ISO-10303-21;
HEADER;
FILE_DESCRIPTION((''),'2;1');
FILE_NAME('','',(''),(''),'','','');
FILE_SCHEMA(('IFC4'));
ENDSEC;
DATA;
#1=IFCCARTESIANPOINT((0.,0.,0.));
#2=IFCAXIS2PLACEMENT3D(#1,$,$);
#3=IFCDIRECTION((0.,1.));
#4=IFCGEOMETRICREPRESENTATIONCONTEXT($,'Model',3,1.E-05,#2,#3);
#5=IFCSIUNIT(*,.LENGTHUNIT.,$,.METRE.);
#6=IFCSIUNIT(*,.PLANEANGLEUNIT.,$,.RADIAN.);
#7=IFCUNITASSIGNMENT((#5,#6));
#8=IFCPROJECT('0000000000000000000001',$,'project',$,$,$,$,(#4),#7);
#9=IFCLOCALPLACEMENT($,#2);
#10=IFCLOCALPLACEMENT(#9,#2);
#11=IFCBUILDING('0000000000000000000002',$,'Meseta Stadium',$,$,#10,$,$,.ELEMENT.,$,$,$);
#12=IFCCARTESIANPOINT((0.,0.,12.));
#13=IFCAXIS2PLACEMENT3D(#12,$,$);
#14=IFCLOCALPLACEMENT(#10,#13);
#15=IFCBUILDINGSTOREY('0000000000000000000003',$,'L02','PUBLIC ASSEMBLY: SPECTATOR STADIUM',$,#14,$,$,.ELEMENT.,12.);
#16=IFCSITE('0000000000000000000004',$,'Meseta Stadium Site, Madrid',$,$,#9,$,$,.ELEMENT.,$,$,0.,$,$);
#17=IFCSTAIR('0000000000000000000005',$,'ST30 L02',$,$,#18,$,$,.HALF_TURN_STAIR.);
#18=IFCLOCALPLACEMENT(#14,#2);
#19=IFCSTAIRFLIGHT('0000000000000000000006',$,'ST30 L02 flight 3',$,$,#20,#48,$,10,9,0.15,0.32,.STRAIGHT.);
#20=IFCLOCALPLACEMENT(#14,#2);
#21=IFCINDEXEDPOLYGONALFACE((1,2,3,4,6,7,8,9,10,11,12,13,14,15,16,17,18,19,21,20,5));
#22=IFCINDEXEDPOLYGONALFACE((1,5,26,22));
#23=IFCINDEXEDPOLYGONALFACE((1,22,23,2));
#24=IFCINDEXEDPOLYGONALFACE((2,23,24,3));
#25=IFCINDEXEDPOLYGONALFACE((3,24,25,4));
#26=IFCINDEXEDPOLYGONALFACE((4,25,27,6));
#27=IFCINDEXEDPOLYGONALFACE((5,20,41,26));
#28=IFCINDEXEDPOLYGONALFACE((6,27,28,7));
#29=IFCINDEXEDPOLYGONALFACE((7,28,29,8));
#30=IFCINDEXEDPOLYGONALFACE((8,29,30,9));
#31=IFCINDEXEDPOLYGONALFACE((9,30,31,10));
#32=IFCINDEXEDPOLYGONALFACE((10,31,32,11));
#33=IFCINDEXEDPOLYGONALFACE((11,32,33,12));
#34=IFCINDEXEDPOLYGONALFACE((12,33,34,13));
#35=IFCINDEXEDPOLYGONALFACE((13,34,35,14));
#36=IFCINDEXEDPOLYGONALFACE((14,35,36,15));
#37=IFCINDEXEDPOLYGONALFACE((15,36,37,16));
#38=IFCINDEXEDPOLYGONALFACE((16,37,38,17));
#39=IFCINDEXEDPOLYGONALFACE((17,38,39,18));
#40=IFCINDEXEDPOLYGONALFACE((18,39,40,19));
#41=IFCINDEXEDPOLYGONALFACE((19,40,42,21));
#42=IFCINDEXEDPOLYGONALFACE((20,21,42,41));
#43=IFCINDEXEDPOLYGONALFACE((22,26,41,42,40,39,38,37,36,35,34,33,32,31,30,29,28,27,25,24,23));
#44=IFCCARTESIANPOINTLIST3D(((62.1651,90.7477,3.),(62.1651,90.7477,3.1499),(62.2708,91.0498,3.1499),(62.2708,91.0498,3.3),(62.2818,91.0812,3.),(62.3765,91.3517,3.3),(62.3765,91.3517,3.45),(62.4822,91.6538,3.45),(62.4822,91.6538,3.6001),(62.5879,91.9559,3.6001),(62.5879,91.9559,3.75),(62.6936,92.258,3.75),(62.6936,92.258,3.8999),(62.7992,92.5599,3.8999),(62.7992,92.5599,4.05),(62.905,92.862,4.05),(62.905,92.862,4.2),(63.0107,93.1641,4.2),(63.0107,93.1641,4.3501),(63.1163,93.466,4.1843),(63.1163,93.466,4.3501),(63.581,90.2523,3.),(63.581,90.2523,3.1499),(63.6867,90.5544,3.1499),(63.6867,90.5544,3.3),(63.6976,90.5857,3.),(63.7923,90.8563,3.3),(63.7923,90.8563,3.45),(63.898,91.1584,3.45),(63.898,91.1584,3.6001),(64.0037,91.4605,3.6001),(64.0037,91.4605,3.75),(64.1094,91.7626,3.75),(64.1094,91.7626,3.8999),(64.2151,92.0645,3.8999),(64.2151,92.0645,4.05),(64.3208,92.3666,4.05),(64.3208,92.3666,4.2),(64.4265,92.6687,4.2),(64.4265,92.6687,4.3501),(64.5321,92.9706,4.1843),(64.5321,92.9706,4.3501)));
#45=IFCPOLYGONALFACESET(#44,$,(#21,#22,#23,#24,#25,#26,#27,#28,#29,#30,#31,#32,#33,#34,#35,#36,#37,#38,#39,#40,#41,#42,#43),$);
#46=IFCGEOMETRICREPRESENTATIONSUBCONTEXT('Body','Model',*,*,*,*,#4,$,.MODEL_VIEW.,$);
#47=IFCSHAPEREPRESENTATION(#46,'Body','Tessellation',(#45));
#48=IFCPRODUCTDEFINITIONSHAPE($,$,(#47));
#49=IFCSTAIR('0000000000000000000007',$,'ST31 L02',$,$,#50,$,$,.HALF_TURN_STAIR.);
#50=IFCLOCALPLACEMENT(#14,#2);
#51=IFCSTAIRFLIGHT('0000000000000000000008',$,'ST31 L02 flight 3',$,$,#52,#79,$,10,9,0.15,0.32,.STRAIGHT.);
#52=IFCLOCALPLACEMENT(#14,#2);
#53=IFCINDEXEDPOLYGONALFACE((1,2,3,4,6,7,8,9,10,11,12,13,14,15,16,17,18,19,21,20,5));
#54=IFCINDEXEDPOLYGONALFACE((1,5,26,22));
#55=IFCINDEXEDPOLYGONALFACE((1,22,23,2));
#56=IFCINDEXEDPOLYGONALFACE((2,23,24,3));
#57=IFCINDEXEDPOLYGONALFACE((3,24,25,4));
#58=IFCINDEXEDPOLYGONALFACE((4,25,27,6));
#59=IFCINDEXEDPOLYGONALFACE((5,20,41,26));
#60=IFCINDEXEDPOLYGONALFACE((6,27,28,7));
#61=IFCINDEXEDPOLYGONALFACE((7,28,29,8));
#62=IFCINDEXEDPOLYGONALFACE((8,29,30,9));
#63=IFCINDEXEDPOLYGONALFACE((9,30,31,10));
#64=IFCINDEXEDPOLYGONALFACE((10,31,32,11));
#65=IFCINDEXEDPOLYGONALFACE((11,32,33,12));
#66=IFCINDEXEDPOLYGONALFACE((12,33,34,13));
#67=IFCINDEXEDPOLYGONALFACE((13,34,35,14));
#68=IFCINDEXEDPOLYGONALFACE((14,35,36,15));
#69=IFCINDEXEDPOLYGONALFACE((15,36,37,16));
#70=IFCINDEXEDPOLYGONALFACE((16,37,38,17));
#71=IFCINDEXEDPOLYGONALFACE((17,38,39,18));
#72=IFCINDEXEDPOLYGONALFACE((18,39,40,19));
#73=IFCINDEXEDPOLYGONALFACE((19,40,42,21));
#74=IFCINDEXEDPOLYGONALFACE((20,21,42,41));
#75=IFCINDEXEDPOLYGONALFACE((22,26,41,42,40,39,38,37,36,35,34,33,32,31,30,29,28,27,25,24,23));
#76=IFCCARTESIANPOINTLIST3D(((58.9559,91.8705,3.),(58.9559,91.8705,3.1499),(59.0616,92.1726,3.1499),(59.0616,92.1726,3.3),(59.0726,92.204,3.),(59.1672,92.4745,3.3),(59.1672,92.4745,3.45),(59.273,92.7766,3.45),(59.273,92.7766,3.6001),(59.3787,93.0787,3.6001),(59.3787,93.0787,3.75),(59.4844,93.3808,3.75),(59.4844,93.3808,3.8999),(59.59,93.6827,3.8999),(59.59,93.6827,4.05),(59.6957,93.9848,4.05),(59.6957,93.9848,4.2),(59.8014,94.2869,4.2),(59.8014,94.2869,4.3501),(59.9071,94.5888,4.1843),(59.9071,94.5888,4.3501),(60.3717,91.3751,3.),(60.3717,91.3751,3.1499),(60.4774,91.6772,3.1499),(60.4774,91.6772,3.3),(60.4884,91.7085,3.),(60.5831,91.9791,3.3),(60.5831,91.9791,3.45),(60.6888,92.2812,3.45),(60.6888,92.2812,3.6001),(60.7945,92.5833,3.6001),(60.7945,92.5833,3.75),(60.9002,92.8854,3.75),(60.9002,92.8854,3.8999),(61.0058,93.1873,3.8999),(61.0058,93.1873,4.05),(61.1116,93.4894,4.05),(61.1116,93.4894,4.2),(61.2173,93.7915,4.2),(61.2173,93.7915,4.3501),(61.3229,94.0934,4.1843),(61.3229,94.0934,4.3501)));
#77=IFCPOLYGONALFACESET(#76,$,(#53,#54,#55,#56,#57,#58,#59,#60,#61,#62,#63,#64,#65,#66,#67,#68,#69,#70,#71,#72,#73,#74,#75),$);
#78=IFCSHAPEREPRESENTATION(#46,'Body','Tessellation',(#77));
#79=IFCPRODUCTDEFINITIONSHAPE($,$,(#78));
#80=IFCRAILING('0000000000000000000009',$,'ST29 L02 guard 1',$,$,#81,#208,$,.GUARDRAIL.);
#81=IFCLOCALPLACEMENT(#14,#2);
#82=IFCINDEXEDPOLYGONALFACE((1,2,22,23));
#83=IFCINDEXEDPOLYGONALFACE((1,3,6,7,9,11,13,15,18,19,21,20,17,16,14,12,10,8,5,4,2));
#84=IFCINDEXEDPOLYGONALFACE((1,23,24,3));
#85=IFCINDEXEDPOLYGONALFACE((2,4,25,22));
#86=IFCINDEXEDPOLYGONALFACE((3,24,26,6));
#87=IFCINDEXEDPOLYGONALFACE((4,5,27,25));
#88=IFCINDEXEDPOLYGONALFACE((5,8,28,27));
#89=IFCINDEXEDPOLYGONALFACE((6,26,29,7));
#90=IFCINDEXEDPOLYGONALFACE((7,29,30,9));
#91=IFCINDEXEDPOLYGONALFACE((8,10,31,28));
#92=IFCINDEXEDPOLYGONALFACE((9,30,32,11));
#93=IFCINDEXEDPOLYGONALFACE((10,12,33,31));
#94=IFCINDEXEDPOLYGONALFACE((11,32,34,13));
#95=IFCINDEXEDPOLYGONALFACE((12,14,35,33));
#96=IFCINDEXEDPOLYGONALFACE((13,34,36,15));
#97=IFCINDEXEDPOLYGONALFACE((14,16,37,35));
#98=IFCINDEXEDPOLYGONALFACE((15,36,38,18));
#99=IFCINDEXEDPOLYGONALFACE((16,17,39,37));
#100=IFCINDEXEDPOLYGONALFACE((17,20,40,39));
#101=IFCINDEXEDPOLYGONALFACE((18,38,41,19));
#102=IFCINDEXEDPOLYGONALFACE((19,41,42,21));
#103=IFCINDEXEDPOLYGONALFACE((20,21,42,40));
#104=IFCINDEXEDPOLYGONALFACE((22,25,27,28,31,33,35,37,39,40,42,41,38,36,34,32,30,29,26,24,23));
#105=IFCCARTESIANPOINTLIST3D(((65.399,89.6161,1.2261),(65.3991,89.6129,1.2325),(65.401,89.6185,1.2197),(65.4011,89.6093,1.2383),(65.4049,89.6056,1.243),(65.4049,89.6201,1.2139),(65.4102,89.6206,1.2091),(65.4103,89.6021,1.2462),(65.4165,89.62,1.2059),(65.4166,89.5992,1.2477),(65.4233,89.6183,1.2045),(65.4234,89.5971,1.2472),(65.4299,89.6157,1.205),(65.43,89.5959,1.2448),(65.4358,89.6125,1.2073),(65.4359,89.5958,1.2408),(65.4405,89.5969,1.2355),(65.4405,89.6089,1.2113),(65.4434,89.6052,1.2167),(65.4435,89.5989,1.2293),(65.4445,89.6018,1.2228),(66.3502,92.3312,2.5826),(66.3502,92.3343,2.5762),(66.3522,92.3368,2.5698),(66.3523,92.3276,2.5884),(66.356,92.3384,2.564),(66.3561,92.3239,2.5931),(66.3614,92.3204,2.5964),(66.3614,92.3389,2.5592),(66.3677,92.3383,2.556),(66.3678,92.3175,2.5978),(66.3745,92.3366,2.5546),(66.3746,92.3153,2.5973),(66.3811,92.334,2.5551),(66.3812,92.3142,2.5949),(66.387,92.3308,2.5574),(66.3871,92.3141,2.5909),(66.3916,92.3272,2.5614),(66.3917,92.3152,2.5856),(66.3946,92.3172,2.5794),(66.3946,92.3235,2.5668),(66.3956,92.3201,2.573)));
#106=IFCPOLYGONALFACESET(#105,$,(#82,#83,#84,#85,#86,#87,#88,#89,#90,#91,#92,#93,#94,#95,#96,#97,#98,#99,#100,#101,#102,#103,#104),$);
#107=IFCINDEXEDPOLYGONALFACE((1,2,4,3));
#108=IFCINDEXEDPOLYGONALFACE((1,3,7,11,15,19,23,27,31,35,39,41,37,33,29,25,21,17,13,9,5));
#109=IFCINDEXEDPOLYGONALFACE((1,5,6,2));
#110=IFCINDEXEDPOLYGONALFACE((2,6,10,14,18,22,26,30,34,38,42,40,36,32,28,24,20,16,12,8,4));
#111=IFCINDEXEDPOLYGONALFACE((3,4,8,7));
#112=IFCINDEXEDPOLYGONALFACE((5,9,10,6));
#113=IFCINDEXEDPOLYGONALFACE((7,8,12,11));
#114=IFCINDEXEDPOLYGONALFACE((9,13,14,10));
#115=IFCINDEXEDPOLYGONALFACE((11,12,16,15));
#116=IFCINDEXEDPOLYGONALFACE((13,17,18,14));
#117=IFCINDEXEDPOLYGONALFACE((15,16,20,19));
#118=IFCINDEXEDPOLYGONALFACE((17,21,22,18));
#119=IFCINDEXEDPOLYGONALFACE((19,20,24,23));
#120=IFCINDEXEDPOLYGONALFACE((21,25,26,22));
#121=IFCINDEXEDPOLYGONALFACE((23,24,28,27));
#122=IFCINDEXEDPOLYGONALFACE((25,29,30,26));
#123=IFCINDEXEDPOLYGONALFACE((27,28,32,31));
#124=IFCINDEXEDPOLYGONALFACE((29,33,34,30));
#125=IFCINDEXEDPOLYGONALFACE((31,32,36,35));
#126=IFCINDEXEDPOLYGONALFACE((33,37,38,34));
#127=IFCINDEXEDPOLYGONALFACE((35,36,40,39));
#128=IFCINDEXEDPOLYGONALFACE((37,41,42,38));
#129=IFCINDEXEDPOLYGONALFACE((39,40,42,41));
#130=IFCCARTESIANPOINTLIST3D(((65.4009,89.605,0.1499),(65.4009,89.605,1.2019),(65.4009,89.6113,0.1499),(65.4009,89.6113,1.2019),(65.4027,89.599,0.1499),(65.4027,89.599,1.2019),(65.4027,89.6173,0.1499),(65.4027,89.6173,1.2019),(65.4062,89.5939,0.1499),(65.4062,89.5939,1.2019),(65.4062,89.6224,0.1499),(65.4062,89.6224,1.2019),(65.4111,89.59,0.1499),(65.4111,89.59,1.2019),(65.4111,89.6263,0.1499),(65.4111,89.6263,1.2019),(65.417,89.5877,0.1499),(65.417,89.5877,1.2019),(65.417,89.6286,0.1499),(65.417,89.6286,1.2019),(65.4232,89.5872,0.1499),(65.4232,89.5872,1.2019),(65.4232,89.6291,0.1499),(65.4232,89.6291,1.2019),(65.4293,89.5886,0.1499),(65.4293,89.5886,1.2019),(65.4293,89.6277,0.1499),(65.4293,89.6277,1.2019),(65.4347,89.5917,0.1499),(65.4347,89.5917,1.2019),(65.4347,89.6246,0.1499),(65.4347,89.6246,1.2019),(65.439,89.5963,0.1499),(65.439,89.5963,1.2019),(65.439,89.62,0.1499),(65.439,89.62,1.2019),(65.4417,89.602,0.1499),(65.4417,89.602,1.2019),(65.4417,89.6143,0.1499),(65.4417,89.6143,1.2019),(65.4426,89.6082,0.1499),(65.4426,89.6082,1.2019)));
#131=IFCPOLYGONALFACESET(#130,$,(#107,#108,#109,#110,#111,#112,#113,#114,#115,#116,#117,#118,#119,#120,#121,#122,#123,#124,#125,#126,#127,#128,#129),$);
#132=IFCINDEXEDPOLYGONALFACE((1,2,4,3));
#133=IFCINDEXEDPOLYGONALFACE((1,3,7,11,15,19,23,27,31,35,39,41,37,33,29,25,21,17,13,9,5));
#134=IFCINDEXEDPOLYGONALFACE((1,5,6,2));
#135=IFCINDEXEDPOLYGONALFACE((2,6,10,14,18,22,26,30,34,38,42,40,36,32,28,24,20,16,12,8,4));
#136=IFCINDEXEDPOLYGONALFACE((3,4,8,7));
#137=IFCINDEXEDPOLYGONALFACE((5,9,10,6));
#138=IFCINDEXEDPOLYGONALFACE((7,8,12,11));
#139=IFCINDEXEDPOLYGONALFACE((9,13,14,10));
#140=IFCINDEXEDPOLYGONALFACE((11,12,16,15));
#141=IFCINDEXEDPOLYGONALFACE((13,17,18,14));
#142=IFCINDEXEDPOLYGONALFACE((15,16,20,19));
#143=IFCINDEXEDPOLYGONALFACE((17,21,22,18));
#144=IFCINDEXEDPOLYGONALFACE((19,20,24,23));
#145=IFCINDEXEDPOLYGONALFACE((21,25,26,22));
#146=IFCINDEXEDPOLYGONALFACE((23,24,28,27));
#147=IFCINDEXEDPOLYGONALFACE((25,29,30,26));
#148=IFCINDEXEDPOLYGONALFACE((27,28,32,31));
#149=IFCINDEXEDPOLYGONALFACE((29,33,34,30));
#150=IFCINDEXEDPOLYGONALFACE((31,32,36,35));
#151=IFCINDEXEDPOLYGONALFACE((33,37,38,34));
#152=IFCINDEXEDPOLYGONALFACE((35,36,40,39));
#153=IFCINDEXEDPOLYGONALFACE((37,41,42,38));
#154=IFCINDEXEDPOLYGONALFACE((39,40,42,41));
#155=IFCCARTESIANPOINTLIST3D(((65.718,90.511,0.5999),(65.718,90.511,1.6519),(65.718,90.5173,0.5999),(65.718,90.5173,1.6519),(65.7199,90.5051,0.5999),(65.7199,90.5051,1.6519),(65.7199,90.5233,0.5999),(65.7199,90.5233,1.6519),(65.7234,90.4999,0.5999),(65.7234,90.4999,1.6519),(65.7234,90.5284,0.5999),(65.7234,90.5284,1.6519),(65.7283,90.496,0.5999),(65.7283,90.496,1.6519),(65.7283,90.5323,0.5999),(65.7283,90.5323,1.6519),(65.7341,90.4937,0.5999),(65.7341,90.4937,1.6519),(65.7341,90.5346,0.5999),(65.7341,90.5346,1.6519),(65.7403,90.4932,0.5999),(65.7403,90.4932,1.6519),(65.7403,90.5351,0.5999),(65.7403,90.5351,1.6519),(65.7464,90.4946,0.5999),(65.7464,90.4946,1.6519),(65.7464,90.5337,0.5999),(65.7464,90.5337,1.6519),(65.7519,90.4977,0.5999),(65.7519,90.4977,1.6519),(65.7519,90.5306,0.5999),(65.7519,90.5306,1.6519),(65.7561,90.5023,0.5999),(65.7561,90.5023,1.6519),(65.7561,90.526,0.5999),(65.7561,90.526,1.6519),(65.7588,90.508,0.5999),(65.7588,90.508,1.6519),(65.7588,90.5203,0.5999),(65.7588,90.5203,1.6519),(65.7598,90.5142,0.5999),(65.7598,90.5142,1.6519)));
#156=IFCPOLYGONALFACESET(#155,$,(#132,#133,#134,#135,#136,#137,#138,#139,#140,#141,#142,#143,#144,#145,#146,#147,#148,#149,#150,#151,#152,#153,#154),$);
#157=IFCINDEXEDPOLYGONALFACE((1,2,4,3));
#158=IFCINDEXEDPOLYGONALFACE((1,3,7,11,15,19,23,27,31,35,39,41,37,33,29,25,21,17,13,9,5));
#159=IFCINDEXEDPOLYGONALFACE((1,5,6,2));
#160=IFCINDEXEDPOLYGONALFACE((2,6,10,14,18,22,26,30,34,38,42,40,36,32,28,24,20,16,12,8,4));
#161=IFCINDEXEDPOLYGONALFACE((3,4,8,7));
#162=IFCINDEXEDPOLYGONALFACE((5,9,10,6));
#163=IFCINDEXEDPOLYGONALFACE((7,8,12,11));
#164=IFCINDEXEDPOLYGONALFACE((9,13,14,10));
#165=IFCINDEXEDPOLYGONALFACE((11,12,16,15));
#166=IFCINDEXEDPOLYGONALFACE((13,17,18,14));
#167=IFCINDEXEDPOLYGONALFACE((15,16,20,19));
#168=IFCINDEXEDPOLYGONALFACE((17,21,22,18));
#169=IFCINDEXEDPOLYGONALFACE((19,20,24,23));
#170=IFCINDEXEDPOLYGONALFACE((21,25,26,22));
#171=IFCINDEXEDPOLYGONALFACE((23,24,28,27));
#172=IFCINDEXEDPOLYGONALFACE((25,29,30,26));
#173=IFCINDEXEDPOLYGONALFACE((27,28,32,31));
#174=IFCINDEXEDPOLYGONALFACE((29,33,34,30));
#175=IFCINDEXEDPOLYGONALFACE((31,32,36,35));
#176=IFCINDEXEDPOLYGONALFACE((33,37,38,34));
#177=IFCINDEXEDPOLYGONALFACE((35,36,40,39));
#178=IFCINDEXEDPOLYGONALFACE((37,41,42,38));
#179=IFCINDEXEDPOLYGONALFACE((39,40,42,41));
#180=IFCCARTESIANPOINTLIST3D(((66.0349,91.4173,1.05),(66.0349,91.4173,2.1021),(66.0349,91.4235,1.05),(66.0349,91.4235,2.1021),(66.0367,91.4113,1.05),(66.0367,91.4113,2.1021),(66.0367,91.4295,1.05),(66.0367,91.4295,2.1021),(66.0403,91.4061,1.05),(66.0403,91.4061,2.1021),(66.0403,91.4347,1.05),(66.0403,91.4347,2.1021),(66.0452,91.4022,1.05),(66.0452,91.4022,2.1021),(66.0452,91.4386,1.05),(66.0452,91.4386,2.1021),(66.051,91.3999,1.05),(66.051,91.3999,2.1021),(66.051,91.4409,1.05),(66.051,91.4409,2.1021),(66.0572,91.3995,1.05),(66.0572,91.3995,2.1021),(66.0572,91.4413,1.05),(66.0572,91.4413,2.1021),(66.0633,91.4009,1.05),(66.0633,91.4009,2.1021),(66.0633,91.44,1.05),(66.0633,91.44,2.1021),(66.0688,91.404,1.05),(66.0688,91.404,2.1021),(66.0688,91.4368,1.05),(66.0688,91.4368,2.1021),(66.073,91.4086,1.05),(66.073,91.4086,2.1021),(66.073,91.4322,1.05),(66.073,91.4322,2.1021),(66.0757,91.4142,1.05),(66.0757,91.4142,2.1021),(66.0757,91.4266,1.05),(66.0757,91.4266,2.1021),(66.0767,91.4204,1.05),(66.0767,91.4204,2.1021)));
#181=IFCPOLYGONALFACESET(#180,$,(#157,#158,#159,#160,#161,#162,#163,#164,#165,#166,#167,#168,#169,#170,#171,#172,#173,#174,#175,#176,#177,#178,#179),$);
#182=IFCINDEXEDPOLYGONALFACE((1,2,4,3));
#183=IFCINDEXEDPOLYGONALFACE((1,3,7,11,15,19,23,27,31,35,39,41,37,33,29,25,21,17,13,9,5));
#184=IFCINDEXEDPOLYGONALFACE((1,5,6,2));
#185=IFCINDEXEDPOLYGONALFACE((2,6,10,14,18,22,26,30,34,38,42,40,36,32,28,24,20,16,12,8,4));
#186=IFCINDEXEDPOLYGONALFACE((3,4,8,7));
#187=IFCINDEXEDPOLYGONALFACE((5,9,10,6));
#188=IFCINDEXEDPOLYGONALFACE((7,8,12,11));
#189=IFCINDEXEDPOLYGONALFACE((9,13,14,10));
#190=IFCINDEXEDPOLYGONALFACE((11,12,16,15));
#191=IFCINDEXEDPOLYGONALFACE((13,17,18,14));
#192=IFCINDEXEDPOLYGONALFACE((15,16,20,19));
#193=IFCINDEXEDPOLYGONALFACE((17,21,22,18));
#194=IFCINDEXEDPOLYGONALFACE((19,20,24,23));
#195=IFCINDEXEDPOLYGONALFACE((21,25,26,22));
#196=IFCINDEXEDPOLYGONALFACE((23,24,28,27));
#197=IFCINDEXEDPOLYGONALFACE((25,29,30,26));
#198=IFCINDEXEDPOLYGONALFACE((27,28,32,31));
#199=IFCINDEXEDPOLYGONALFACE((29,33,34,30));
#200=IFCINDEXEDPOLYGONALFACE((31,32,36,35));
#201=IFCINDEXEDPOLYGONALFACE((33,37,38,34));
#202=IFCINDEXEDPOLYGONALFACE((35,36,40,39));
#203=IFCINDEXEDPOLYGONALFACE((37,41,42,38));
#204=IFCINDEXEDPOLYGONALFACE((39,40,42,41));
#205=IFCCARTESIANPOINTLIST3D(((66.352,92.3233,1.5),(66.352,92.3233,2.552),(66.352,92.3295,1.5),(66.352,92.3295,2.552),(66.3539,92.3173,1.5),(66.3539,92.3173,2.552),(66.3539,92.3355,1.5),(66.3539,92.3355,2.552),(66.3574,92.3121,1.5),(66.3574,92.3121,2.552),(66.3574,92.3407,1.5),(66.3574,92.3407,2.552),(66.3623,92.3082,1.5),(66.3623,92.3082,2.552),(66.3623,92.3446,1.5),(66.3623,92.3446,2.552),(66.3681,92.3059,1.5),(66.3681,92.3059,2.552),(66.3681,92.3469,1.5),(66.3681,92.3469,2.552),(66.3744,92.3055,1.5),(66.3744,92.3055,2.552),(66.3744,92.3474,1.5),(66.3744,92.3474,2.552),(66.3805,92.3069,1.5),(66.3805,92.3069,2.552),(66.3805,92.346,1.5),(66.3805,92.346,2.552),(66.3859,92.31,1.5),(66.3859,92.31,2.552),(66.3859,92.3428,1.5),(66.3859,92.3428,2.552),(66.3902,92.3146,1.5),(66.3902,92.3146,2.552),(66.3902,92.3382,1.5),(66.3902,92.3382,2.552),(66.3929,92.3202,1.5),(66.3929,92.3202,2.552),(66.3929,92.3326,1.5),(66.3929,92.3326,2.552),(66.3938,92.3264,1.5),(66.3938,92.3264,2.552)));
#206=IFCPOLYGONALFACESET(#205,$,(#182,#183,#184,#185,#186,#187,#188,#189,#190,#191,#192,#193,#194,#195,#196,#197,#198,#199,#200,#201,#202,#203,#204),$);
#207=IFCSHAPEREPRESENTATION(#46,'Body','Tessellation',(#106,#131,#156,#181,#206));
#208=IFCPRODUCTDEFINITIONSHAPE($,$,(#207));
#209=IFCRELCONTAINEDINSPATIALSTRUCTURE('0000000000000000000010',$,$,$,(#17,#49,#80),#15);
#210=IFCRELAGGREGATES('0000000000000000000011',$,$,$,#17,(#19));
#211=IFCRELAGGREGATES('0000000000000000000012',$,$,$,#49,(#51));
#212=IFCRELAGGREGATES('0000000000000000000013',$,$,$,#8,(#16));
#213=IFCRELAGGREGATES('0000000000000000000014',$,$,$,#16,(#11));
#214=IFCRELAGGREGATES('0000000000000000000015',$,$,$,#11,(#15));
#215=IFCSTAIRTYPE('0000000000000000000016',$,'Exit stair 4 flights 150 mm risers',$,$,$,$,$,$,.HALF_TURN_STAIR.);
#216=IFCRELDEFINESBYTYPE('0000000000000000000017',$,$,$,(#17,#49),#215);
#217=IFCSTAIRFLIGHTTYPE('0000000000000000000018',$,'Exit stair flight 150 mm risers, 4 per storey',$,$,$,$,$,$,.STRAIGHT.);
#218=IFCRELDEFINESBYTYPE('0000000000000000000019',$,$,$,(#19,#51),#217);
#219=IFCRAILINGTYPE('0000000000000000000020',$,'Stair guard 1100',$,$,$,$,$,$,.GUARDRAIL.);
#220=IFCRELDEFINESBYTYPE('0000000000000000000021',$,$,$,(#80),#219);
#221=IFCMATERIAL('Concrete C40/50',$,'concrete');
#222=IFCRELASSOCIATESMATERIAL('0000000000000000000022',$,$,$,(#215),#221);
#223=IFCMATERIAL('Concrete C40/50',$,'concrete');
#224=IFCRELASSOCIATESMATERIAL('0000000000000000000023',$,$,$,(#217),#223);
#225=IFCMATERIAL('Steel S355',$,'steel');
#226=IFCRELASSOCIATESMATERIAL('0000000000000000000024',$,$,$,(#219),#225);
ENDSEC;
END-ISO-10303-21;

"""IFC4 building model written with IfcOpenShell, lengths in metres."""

from ifc_helpers import new_model, si_unit, direction, frame, origin, origin_2d, place, context, subcontext, project, spatial, polyline, circle, outline, extrude, material, type_object, element, aggregate, save


model = new_model("IFC4")

# Units and contexts
model_context = context("Model", 3, precision=1e-05, world=origin(), true_north=direction((0.0, 1.0)))
body_context = subcontext(model_context, "Body", "Model", "MODEL_VIEW")
ifc_project = project(units=[si_unit("LENGTHUNIT", "METRE"), si_unit("PLANEANGLEUNIT", "RADIAN")], contexts=[model_context])

# Site, building, storey
site_placement = place(None, origin())
site = spatial("IfcSite", under=ifc_project, at=site_placement, Name="Meseta Stadium Site, Madrid", CompositionType="ELEMENT", RefElevation=0.0)
building_placement = place(site_placement, origin())
building = spatial("IfcBuilding", under=site, at=building_placement, Name="Meseta Stadium", CompositionType="ELEMENT")
storey_placement = place(building_placement, frame((0.0, 0.0, 12.0)))
storey = spatial("IfcBuildingStorey", under=building, at=storey_placement, Name="L02", Description="PUBLIC ASSEMBLY: SPECTATOR STADIUM", CompositionType="ELEMENT", Elevation=12.0)

# Stair, stair flight
ifc_material_1 = material(Name="Concrete C40/50", Category="concrete")
stair_type = type_object("IfcStairType", Name="Exit stair 4 flights 150 mm risers", PredefinedType="HALF_TURN_STAIR", material=ifc_material_1)
ifc_material_2 = material(Name="Concrete C40/50", Category="concrete")
stair_flight_type = type_object("IfcStairFlightType", Name="Exit stair flight 150 mm risers, 4 per storey", PredefinedType="STRAIGHT", material=ifc_material_2)
stair_1_placement = place(storey_placement, origin())
stair_1 = element("IfcStair", 1, at=stair_1_placement, inside=storey, type_object=stair_type, Name="ST30 L02", PredefinedType="HALF_TURN_STAIR")
stair_flight_1_placement = place(storey_placement, frame((62.873, 90.5, 3.0), z_axis=(0.0, 0.0, 1.0), x_axis=(0.330279, 0.943883, 0.0)))
stair_flight_1 = element("IfcStairFlight", 2, at=stair_flight_1_placement, type_object=stair_flight_type, Name="ST30 L02 flight 3", NumberOfRisers=10, NumberOfTreads=9, PredefinedType="STRAIGHT", RiserHeight=0.15, TreadLength=0.32, context=body_context, shape_type="SweptSolid", body=[
    extrude(outline(polyline([(0.0, 0.0), (0.0, 0.1499), (0.3201, 0.1499), (0.3201, 0.3), (0.6399, 0.3), (0.6399, 0.45), (0.96, 0.45), (0.96, 0.6001), (1.28, 0.6001), (1.28, 0.75), (1.6001, 0.75), (1.6001, 0.8999), (1.9199, 0.8999), (1.9199, 1.05), (2.24, 1.05), (2.24, 1.2), (2.5601, 1.2), (2.5601, 1.3501), (2.8799, 1.3501), (2.8799, 1.1843), (0.3533, 0.0), (0.0, 0.0)])), frame((0.0, 0.75, 0.0), z_axis=(0.0, -1.0, 0.0), x_axis=(1.0, 0.0, 0.0)), (0.0, 0.0, 1.0), 1.5),
])
aggregate(stair_1, [stair_flight_1])

# Stair, stair flight
stair_2_placement = place(storey_placement, origin())
stair_2 = element("IfcStair", 3, at=stair_2_placement, inside=storey, type_object=stair_type, Name="ST31 L02", PredefinedType="HALF_TURN_STAIR")
stair_flight_2_placement = place(storey_placement, frame((59.6638, 91.6228, 3.0), z_axis=(0.0, 0.0, 1.0), x_axis=(0.330279, 0.943883, 0.0)))
stair_flight_2 = element("IfcStairFlight", 4, at=stair_flight_2_placement, type_object=stair_flight_type, Name="ST31 L02 flight 3", NumberOfRisers=10, NumberOfTreads=9, PredefinedType="STRAIGHT", RiserHeight=0.15, TreadLength=0.32, context=body_context, shape_type="SweptSolid", body=[
    extrude(outline(polyline([(0.0, 0.0), (0.0, 0.1499), (0.3201, 0.1499), (0.3201, 0.3), (0.6399, 0.3), (0.6399, 0.45), (0.96, 0.45), (0.96, 0.6001), (1.28, 0.6001), (1.28, 0.75), (1.6001, 0.75), (1.6001, 0.8999), (1.9199, 0.8999), (1.9199, 1.05), (2.24, 1.05), (2.24, 1.2), (2.5601, 1.2), (2.5601, 1.3501), (2.8799, 1.3501), (2.8799, 1.1843), (0.3533, 0.0), (0.0, 0.0)])), frame((0.0, 0.75, 0.0), z_axis=(0.0, -1.0, 0.0), x_axis=(1.0, 0.0, 0.0)), (0.0, 0.0, 1.0), 1.5),
])
aggregate(stair_2, [stair_flight_2])

# Railing
ifc_material_3 = material(Name="Steel S355", Category="steel")
railing_type_1 = type_object("IfcRailingType", Name="Stair guard 1100", PredefinedType="GUARDRAIL", material=ifc_material_3)
railing_1_placement = place(storey_placement, frame((65.4216, 89.6082, 0.1499)))
element("IfcRailing", 5, at=railing_1_placement, inside=storey, type_object=railing_type_1, Name="ST29 L02 guard 1", PredefinedType="GUARDRAIL", context=body_context, shape_type="SweptSolid", body=[
    extrude(circle(Radius=0.0239, at=origin_2d()), frame((0.0, 0.0, 1.0762), z_axis=(0.299051, 0.854629, 0.424474), x_axis=(-0.943882, 0.330282, 0.0)), (0.0, 0.0, 1.0), 3.1807),
    extrude(circle(Radius=0.021, at=origin_2d()), origin(), (0.0, 0.0, 1.0), 1.052),
    extrude(circle(Radius=0.021, at=origin_2d()), frame((0.3171, 0.906, 0.45)), (0.0, 0.0, 1.0), 1.052),
    extrude(circle(Radius=0.021, at=origin_2d()), frame((0.634, 1.8123, 0.9001)), (0.0, 0.0, 1.0), 1.052),
    extrude(circle(Radius=0.021, at=origin_2d()), frame((0.9512, 2.7183, 1.3501)), (0.0, 0.0, 1.0), 1.052),
])

save(model, "model.ifc")
